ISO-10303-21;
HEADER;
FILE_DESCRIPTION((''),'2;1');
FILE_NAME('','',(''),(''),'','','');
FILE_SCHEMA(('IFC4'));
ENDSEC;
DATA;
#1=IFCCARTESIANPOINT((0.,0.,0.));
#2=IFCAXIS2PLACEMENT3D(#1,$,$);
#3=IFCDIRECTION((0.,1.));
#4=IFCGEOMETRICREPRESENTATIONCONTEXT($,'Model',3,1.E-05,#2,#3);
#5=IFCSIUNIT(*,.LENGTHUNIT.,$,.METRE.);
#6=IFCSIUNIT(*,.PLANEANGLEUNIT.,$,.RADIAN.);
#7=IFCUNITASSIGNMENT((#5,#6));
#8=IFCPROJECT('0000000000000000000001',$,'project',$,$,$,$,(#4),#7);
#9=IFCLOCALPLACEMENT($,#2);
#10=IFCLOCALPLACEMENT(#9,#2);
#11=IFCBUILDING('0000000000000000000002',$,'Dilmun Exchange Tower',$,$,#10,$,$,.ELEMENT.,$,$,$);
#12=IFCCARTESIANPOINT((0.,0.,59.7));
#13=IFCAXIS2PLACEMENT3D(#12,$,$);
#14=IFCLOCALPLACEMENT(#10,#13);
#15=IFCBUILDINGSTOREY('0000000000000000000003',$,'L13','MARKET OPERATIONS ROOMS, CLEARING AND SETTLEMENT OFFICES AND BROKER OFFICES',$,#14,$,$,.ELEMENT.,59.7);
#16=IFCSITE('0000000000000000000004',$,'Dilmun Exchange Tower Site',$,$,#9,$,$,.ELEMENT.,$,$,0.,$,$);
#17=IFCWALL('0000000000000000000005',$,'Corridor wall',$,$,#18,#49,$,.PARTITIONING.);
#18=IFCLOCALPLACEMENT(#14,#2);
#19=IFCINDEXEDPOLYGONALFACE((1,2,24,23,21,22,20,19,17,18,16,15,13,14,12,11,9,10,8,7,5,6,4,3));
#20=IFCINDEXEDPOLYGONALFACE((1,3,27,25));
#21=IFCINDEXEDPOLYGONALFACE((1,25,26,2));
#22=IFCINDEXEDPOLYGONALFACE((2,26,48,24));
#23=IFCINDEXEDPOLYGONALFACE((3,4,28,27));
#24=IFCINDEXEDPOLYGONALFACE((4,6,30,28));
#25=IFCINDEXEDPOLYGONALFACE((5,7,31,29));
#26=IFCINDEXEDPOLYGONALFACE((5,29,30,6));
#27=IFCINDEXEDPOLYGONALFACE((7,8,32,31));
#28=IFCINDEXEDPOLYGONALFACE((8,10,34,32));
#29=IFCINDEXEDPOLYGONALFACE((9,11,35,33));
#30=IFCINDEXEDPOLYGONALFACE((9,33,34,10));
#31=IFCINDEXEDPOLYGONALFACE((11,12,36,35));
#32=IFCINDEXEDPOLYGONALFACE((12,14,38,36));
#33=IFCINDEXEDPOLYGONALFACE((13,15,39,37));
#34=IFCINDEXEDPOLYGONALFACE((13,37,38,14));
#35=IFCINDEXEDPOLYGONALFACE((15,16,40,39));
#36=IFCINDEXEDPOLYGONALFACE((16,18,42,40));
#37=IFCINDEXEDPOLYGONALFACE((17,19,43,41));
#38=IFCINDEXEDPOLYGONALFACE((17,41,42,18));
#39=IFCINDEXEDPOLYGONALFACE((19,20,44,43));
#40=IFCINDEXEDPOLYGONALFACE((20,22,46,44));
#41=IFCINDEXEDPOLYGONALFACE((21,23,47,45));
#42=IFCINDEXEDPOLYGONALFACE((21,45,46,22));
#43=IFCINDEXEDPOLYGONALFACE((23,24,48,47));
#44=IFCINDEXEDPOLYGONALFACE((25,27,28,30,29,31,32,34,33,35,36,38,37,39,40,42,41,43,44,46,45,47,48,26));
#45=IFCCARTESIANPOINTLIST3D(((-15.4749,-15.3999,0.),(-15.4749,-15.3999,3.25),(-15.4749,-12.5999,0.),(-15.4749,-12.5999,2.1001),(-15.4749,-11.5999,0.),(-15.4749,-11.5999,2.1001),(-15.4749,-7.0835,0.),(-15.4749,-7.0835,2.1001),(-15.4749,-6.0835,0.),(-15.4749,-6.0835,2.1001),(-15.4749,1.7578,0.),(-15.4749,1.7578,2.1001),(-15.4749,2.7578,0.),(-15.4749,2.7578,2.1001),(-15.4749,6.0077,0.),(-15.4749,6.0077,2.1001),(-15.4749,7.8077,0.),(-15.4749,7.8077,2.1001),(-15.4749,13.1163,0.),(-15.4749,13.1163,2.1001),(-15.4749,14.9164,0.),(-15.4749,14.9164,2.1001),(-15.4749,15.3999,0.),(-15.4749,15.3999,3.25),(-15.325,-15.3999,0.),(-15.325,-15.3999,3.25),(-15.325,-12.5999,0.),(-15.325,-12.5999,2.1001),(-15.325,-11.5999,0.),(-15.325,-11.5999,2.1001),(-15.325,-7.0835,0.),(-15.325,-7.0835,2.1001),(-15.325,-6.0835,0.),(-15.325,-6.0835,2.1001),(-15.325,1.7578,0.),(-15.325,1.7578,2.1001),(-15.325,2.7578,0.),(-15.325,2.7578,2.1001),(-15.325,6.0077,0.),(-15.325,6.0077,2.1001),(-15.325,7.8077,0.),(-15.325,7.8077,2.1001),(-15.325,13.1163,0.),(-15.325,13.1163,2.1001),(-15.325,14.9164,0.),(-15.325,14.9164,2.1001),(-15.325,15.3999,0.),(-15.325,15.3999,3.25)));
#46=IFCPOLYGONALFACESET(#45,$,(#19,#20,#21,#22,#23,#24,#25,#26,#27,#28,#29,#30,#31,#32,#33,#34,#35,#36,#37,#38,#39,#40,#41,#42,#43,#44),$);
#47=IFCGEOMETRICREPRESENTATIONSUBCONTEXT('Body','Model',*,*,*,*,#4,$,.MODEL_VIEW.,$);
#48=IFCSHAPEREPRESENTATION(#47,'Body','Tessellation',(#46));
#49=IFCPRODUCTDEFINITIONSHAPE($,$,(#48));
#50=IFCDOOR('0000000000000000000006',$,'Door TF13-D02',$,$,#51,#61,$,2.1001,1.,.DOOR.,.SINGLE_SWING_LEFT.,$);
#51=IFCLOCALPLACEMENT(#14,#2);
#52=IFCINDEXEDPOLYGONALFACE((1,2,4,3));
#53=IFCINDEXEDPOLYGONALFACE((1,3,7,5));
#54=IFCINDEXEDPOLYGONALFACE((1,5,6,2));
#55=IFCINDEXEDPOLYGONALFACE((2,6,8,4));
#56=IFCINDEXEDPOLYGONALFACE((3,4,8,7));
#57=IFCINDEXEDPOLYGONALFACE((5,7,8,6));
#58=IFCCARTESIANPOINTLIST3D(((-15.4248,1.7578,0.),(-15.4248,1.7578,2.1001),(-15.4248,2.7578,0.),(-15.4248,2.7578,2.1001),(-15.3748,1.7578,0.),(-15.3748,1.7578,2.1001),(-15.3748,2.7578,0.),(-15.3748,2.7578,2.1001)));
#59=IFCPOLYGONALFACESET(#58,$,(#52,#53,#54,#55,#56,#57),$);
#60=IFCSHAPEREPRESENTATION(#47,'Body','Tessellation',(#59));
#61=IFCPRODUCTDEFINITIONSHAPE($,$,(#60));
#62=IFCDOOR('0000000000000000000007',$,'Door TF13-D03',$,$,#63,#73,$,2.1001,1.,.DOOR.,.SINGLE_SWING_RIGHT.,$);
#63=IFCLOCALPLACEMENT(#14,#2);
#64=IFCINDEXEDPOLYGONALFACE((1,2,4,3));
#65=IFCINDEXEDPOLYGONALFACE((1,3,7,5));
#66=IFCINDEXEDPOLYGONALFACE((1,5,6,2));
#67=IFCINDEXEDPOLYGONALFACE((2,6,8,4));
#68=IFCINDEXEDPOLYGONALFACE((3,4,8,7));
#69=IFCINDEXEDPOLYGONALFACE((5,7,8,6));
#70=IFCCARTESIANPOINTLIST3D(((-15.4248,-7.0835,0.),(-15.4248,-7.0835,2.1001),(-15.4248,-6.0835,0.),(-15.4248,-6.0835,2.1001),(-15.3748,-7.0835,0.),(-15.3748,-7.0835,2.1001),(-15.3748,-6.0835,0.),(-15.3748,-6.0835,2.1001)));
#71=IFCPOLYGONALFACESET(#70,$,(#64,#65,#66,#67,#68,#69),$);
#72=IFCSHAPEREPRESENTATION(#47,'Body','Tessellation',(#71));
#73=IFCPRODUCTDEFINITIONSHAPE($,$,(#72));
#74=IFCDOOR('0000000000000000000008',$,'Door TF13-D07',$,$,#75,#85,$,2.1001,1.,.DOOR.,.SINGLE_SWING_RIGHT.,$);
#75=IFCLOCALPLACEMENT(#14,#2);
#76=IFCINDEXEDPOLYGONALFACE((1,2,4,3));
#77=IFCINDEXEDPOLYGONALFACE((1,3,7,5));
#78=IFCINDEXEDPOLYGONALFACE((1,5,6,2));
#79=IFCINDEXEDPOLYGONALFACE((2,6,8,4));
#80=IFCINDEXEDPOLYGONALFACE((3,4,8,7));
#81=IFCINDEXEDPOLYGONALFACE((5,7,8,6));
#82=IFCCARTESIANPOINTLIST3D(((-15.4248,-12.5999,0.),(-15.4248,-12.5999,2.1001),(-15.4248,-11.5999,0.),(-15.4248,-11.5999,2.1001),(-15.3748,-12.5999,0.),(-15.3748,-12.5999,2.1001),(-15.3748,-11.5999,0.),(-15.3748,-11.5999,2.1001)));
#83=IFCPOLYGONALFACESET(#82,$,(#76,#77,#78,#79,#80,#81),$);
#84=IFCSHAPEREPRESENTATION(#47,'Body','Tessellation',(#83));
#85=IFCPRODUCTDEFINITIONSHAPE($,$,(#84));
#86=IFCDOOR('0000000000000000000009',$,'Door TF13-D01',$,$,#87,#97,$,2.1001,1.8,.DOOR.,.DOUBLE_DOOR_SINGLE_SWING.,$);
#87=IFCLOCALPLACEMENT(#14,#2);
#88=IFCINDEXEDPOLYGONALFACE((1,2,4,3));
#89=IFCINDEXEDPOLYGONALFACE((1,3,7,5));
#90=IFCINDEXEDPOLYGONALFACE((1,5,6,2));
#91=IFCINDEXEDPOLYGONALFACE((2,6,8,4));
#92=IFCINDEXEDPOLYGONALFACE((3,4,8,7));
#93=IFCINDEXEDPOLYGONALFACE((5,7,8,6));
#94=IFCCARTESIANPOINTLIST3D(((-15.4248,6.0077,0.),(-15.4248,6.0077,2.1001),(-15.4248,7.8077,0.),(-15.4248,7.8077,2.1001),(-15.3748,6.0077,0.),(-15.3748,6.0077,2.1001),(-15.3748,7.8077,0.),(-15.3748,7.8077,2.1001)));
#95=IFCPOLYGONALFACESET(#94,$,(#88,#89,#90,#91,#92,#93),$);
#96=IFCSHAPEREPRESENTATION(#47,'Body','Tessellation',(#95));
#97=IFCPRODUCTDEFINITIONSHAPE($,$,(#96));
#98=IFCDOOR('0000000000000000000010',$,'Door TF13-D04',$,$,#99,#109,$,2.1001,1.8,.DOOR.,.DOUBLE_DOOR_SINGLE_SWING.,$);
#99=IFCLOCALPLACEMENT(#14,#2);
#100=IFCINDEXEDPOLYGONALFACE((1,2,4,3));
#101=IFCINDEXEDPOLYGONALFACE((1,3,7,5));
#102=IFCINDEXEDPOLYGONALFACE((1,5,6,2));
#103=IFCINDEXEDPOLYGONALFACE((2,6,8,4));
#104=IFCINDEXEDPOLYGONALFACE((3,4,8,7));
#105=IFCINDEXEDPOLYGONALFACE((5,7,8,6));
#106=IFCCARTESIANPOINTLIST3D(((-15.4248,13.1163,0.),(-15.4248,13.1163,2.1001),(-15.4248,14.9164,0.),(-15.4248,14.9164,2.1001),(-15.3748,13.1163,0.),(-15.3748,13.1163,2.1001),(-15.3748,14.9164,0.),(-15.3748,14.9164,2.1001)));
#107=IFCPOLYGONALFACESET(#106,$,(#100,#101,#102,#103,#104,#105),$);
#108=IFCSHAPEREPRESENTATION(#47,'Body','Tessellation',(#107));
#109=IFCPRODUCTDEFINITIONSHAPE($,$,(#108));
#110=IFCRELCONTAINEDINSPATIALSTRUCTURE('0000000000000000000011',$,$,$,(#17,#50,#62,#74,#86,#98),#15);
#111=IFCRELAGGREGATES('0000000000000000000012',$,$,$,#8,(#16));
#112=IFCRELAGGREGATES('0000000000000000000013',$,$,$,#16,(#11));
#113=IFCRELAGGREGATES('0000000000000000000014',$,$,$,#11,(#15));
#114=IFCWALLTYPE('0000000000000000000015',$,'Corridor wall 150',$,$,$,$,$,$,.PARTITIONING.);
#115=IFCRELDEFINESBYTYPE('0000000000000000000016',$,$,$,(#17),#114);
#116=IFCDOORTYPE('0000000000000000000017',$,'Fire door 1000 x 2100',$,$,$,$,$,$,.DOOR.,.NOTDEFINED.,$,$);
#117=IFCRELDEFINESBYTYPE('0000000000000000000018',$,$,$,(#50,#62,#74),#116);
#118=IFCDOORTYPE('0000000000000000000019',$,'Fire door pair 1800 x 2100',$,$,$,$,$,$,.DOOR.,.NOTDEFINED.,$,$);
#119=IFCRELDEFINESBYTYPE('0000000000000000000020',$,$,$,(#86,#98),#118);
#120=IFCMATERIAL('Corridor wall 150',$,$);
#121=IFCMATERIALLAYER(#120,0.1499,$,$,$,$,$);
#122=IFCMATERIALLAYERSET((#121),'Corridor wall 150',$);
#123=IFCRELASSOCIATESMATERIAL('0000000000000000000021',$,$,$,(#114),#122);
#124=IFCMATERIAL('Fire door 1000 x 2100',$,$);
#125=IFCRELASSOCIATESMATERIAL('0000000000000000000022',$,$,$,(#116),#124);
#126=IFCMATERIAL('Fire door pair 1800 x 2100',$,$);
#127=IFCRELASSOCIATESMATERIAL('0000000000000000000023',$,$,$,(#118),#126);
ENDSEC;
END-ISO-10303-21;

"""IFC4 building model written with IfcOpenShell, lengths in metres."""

from ifc_helpers import new_model, si_unit, direction, frame, frame_2d, origin, place, context, subcontext, project, spatial, rectangle, extrude, material, layer, layer_set, type_object, element, fill, save


model = new_model("IFC4")

# Units and contexts
model_context = context("Model", 3, precision=1e-05, world=origin(), true_north=direction((0.0, 1.0)))
body_context = subcontext(model_context, "Body", "Model", "MODEL_VIEW")
ifc_project = project(units=[si_unit("LENGTHUNIT", "METRE"), si_unit("PLANEANGLEUNIT", "RADIAN")], contexts=[model_context])

# Site, building, storey
site_placement = place(None, origin())
site = spatial("IfcSite", under=ifc_project, at=site_placement, Name="Dilmun Exchange Tower Site", CompositionType="ELEMENT", RefElevation=0.0)
building_placement = place(site_placement, origin())
building = spatial("IfcBuilding", under=site, at=building_placement, Name="Dilmun Exchange Tower", CompositionType="ELEMENT")
storey_placement = place(building_placement, frame((0.0, 0.0, 59.7)))
storey = spatial("IfcBuildingStorey", under=building, at=storey_placement, Name="L13", Description="MARKET OPERATIONS ROOMS, CLEARING AND SETTLEMENT OFFICES AND BROKER OFFICES", CompositionType="ELEMENT", Elevation=59.7)

# Wall, openings, doors
ifc_material_1 = material(Name="Corridor wall 150")
ifc_layer_1 = layer(ifc_material_1, 0.1499)
ifc_layer_set_1 = layer_set([ifc_layer_1], Name="Corridor wall 150")
wall_type_1 = type_object("IfcWallType", Name="Corridor wall 150", PredefinedType="PARTITIONING", material=ifc_layer_set_1)
wall_1_placement = place(storey_placement, frame((-15.3999, -15.3999, 0.0), z_axis=(0.0, 0.0, 1.0), x_axis=(0.0, 1.0, 0.0)))
wall_1 = element("IfcWall", 1, at=wall_1_placement, inside=storey, type_object=wall_type_1, Name="Corridor wall", PredefinedType="PARTITIONING", context=body_context, shape_type="SweptSolid", body=[
    extrude(rectangle(XDim=30.7998, YDim=0.1499, at=frame_2d((15.3999, 0.0))), origin(), (0.0, 0.0, 1.0), 3.25),
])
opening_1_placement = place(wall_1_placement, frame((21.4077, 0.0, 0.0)))
opening_1 = element("IfcOpeningElement", 2, at=opening_1_placement, cuts=wall_1, PredefinedType="OPENING", context=body_context, shape_type="SweptSolid", body=[
    extrude(rectangle(XDim=1.8, YDim=2.1001, at=frame_2d((0.8999, 1.05))), frame((0.0, 0.085, 0.0), z_axis=(0.0, -1.0, 0.0), x_axis=(1.0, 0.0, 0.0)), (0.0, 0.0, 1.0), 0.1699),
])
opening_2_placement = place(wall_1_placement, frame((17.1577, 0.0, 0.0)))
opening_2 = element("IfcOpeningElement", 3, at=opening_2_placement, cuts=wall_1, PredefinedType="OPENING", context=body_context, shape_type="SweptSolid", body=[
    extrude(rectangle(XDim=1.0, YDim=2.1001, at=frame_2d((0.5, 1.05))), frame((0.0, 0.085, 0.0), z_axis=(0.0, -1.0, 0.0), x_axis=(1.0, 0.0, 0.0)), (0.0, 0.0, 1.0), 0.1699),
])
opening_3_placement = place(wall_1_placement, frame((8.3164, 0.0, 0.0)))
opening_3 = element("IfcOpeningElement", 4, at=opening_3_placement, cuts=wall_1, PredefinedType="OPENING", context=body_context, shape_type="SweptSolid", body=[
    extrude(rectangle(XDim=1.0, YDim=2.1001, at=frame_2d((0.5, 1.05))), frame((0.0, 0.085, 0.0), z_axis=(0.0, -1.0, 0.0), x_axis=(1.0, 0.0, 0.0)), (0.0, 0.0, 1.0), 0.1699),
])
opening_4_placement = place(wall_1_placement, frame((28.5164, 0.0, 0.0)))
opening_4 = element("IfcOpeningElement", 5, at=opening_4_placement, cuts=wall_1, PredefinedType="OPENING", context=body_context, shape_type="SweptSolid", body=[
    extrude(rectangle(XDim=1.8, YDim=2.1001, at=frame_2d((0.8999, 1.05))), frame((0.0, 0.085, 0.0), z_axis=(0.0, -1.0, 0.0), x_axis=(1.0, 0.0, 0.0)), (0.0, 0.0, 1.0), 0.1699),
])
opening_5_placement = place(wall_1_placement, frame((2.8, 0.0, 0.0)))
opening_5 = element("IfcOpeningElement", 6, at=opening_5_placement, cuts=wall_1, PredefinedType="OPENING", context=body_context, shape_type="SweptSolid", body=[
    extrude(rectangle(XDim=1.0, YDim=2.1001, at=frame_2d((0.5, 1.05))), frame((0.0, 0.085, 0.0), z_axis=(0.0, -1.0, 0.0), x_axis=(1.0, 0.0, 0.0)), (0.0, 0.0, 1.0), 0.1699),
])
ifc_material_2 = material(Name="Fire door 1000 x 2100")
door_type_1 = type_object("IfcDoorType", Name="Fire door 1000 x 2100", OperationType="NOTDEFINED", PredefinedType="DOOR", material=ifc_material_2)
door_1_placement = place(opening_2_placement, origin())
door_1 = element("IfcDoor", 7, at=door_1_placement, inside=storey, type_object=door_type_1, Name="Door TF13-D02", OperationType="SINGLE_SWING_LEFT", OverallHeight=2.1001, OverallWidth=1.0, PredefinedType="DOOR", context=body_context, shape_type="SweptSolid", body=[
    extrude(rectangle(XDim=1.0, YDim=2.1001, at=frame_2d((0.5, 1.05))), frame((0.0, 0.0249, 0.0), z_axis=(0.0, -1.0, 0.0), x_axis=(1.0, 0.0, 0.0)), (0.0, 0.0, 1.0), 0.05),
])
fill(opening_2, door_1)
door_2_placement = place(opening_3_placement, origin())
door_2 = element("IfcDoor", 8, at=door_2_placement, inside=storey, type_object=door_type_1, Name="Door TF13-D03", OperationType="SINGLE_SWING_RIGHT", OverallHeight=2.1001, OverallWidth=1.0, PredefinedType="DOOR", context=body_context, shape_type="SweptSolid", body=[
    extrude(rectangle(XDim=1.0, YDim=2.1001, at=frame_2d((0.5, 1.05))), frame((0.0, 0.0249, 0.0), z_axis=(0.0, -1.0, 0.0), x_axis=(1.0, 0.0, 0.0)), (0.0, 0.0, 1.0), 0.05),
])
fill(opening_3, door_2)
door_3_placement = place(opening_5_placement, origin())
door_3 = element("IfcDoor", 9, at=door_3_placement, inside=storey, type_object=door_type_1, Name="Door TF13-D07", OperationType="SINGLE_SWING_RIGHT", OverallHeight=2.1001, OverallWidth=1.0, PredefinedType="DOOR", context=body_context, shape_type="SweptSolid", body=[
    extrude(rectangle(XDim=1.0, YDim=2.1001, at=frame_2d((0.5, 1.05))), frame((0.0, 0.0249, 0.0), z_axis=(0.0, -1.0, 0.0), x_axis=(1.0, 0.0, 0.0)), (0.0, 0.0, 1.0), 0.05),
])
fill(opening_5, door_3)
ifc_material_3 = material(Name="Fire door pair 1800 x 2100")
door_type_2 = type_object("IfcDoorType", Name="Fire door pair 1800 x 2100", OperationType="NOTDEFINED", PredefinedType="DOOR", material=ifc_material_3)
door_4_placement = place(opening_1_placement, origin())
door_4 = element("IfcDoor", 10, at=door_4_placement, inside=storey, type_object=door_type_2, Name="Door TF13-D01", OperationType="DOUBLE_DOOR_SINGLE_SWING", OverallHeight=2.1001, OverallWidth=1.8, PredefinedType="DOOR", context=body_context, shape_type="SweptSolid", body=[
    extrude(rectangle(XDim=1.8, YDim=2.1001, at=frame_2d((0.8999, 1.05))), frame((0.0, 0.0249, 0.0), z_axis=(0.0, -1.0, 0.0), x_axis=(1.0, 0.0, 0.0)), (0.0, 0.0, 1.0), 0.05),
])
fill(opening_1, door_4)
door_5_placement = place(opening_4_placement, origin())
door_5 = element("IfcDoor", 11, at=door_5_placement, inside=storey, type_object=door_type_2, Name="Door TF13-D04", OperationType="DOUBLE_DOOR_SINGLE_SWING", OverallHeight=2.1001, OverallWidth=1.8, PredefinedType="DOOR", context=body_context, shape_type="SweptSolid", body=[
    extrude(rectangle(XDim=1.8, YDim=2.1001, at=frame_2d((0.8999, 1.05))), frame((0.0, 0.0249, 0.0), z_axis=(0.0, -1.0, 0.0), x_axis=(1.0, 0.0, 0.0)), (0.0, 0.0, 1.0), 0.05),
])
fill(opening_4, door_5)

save(model, "model.ifc")
